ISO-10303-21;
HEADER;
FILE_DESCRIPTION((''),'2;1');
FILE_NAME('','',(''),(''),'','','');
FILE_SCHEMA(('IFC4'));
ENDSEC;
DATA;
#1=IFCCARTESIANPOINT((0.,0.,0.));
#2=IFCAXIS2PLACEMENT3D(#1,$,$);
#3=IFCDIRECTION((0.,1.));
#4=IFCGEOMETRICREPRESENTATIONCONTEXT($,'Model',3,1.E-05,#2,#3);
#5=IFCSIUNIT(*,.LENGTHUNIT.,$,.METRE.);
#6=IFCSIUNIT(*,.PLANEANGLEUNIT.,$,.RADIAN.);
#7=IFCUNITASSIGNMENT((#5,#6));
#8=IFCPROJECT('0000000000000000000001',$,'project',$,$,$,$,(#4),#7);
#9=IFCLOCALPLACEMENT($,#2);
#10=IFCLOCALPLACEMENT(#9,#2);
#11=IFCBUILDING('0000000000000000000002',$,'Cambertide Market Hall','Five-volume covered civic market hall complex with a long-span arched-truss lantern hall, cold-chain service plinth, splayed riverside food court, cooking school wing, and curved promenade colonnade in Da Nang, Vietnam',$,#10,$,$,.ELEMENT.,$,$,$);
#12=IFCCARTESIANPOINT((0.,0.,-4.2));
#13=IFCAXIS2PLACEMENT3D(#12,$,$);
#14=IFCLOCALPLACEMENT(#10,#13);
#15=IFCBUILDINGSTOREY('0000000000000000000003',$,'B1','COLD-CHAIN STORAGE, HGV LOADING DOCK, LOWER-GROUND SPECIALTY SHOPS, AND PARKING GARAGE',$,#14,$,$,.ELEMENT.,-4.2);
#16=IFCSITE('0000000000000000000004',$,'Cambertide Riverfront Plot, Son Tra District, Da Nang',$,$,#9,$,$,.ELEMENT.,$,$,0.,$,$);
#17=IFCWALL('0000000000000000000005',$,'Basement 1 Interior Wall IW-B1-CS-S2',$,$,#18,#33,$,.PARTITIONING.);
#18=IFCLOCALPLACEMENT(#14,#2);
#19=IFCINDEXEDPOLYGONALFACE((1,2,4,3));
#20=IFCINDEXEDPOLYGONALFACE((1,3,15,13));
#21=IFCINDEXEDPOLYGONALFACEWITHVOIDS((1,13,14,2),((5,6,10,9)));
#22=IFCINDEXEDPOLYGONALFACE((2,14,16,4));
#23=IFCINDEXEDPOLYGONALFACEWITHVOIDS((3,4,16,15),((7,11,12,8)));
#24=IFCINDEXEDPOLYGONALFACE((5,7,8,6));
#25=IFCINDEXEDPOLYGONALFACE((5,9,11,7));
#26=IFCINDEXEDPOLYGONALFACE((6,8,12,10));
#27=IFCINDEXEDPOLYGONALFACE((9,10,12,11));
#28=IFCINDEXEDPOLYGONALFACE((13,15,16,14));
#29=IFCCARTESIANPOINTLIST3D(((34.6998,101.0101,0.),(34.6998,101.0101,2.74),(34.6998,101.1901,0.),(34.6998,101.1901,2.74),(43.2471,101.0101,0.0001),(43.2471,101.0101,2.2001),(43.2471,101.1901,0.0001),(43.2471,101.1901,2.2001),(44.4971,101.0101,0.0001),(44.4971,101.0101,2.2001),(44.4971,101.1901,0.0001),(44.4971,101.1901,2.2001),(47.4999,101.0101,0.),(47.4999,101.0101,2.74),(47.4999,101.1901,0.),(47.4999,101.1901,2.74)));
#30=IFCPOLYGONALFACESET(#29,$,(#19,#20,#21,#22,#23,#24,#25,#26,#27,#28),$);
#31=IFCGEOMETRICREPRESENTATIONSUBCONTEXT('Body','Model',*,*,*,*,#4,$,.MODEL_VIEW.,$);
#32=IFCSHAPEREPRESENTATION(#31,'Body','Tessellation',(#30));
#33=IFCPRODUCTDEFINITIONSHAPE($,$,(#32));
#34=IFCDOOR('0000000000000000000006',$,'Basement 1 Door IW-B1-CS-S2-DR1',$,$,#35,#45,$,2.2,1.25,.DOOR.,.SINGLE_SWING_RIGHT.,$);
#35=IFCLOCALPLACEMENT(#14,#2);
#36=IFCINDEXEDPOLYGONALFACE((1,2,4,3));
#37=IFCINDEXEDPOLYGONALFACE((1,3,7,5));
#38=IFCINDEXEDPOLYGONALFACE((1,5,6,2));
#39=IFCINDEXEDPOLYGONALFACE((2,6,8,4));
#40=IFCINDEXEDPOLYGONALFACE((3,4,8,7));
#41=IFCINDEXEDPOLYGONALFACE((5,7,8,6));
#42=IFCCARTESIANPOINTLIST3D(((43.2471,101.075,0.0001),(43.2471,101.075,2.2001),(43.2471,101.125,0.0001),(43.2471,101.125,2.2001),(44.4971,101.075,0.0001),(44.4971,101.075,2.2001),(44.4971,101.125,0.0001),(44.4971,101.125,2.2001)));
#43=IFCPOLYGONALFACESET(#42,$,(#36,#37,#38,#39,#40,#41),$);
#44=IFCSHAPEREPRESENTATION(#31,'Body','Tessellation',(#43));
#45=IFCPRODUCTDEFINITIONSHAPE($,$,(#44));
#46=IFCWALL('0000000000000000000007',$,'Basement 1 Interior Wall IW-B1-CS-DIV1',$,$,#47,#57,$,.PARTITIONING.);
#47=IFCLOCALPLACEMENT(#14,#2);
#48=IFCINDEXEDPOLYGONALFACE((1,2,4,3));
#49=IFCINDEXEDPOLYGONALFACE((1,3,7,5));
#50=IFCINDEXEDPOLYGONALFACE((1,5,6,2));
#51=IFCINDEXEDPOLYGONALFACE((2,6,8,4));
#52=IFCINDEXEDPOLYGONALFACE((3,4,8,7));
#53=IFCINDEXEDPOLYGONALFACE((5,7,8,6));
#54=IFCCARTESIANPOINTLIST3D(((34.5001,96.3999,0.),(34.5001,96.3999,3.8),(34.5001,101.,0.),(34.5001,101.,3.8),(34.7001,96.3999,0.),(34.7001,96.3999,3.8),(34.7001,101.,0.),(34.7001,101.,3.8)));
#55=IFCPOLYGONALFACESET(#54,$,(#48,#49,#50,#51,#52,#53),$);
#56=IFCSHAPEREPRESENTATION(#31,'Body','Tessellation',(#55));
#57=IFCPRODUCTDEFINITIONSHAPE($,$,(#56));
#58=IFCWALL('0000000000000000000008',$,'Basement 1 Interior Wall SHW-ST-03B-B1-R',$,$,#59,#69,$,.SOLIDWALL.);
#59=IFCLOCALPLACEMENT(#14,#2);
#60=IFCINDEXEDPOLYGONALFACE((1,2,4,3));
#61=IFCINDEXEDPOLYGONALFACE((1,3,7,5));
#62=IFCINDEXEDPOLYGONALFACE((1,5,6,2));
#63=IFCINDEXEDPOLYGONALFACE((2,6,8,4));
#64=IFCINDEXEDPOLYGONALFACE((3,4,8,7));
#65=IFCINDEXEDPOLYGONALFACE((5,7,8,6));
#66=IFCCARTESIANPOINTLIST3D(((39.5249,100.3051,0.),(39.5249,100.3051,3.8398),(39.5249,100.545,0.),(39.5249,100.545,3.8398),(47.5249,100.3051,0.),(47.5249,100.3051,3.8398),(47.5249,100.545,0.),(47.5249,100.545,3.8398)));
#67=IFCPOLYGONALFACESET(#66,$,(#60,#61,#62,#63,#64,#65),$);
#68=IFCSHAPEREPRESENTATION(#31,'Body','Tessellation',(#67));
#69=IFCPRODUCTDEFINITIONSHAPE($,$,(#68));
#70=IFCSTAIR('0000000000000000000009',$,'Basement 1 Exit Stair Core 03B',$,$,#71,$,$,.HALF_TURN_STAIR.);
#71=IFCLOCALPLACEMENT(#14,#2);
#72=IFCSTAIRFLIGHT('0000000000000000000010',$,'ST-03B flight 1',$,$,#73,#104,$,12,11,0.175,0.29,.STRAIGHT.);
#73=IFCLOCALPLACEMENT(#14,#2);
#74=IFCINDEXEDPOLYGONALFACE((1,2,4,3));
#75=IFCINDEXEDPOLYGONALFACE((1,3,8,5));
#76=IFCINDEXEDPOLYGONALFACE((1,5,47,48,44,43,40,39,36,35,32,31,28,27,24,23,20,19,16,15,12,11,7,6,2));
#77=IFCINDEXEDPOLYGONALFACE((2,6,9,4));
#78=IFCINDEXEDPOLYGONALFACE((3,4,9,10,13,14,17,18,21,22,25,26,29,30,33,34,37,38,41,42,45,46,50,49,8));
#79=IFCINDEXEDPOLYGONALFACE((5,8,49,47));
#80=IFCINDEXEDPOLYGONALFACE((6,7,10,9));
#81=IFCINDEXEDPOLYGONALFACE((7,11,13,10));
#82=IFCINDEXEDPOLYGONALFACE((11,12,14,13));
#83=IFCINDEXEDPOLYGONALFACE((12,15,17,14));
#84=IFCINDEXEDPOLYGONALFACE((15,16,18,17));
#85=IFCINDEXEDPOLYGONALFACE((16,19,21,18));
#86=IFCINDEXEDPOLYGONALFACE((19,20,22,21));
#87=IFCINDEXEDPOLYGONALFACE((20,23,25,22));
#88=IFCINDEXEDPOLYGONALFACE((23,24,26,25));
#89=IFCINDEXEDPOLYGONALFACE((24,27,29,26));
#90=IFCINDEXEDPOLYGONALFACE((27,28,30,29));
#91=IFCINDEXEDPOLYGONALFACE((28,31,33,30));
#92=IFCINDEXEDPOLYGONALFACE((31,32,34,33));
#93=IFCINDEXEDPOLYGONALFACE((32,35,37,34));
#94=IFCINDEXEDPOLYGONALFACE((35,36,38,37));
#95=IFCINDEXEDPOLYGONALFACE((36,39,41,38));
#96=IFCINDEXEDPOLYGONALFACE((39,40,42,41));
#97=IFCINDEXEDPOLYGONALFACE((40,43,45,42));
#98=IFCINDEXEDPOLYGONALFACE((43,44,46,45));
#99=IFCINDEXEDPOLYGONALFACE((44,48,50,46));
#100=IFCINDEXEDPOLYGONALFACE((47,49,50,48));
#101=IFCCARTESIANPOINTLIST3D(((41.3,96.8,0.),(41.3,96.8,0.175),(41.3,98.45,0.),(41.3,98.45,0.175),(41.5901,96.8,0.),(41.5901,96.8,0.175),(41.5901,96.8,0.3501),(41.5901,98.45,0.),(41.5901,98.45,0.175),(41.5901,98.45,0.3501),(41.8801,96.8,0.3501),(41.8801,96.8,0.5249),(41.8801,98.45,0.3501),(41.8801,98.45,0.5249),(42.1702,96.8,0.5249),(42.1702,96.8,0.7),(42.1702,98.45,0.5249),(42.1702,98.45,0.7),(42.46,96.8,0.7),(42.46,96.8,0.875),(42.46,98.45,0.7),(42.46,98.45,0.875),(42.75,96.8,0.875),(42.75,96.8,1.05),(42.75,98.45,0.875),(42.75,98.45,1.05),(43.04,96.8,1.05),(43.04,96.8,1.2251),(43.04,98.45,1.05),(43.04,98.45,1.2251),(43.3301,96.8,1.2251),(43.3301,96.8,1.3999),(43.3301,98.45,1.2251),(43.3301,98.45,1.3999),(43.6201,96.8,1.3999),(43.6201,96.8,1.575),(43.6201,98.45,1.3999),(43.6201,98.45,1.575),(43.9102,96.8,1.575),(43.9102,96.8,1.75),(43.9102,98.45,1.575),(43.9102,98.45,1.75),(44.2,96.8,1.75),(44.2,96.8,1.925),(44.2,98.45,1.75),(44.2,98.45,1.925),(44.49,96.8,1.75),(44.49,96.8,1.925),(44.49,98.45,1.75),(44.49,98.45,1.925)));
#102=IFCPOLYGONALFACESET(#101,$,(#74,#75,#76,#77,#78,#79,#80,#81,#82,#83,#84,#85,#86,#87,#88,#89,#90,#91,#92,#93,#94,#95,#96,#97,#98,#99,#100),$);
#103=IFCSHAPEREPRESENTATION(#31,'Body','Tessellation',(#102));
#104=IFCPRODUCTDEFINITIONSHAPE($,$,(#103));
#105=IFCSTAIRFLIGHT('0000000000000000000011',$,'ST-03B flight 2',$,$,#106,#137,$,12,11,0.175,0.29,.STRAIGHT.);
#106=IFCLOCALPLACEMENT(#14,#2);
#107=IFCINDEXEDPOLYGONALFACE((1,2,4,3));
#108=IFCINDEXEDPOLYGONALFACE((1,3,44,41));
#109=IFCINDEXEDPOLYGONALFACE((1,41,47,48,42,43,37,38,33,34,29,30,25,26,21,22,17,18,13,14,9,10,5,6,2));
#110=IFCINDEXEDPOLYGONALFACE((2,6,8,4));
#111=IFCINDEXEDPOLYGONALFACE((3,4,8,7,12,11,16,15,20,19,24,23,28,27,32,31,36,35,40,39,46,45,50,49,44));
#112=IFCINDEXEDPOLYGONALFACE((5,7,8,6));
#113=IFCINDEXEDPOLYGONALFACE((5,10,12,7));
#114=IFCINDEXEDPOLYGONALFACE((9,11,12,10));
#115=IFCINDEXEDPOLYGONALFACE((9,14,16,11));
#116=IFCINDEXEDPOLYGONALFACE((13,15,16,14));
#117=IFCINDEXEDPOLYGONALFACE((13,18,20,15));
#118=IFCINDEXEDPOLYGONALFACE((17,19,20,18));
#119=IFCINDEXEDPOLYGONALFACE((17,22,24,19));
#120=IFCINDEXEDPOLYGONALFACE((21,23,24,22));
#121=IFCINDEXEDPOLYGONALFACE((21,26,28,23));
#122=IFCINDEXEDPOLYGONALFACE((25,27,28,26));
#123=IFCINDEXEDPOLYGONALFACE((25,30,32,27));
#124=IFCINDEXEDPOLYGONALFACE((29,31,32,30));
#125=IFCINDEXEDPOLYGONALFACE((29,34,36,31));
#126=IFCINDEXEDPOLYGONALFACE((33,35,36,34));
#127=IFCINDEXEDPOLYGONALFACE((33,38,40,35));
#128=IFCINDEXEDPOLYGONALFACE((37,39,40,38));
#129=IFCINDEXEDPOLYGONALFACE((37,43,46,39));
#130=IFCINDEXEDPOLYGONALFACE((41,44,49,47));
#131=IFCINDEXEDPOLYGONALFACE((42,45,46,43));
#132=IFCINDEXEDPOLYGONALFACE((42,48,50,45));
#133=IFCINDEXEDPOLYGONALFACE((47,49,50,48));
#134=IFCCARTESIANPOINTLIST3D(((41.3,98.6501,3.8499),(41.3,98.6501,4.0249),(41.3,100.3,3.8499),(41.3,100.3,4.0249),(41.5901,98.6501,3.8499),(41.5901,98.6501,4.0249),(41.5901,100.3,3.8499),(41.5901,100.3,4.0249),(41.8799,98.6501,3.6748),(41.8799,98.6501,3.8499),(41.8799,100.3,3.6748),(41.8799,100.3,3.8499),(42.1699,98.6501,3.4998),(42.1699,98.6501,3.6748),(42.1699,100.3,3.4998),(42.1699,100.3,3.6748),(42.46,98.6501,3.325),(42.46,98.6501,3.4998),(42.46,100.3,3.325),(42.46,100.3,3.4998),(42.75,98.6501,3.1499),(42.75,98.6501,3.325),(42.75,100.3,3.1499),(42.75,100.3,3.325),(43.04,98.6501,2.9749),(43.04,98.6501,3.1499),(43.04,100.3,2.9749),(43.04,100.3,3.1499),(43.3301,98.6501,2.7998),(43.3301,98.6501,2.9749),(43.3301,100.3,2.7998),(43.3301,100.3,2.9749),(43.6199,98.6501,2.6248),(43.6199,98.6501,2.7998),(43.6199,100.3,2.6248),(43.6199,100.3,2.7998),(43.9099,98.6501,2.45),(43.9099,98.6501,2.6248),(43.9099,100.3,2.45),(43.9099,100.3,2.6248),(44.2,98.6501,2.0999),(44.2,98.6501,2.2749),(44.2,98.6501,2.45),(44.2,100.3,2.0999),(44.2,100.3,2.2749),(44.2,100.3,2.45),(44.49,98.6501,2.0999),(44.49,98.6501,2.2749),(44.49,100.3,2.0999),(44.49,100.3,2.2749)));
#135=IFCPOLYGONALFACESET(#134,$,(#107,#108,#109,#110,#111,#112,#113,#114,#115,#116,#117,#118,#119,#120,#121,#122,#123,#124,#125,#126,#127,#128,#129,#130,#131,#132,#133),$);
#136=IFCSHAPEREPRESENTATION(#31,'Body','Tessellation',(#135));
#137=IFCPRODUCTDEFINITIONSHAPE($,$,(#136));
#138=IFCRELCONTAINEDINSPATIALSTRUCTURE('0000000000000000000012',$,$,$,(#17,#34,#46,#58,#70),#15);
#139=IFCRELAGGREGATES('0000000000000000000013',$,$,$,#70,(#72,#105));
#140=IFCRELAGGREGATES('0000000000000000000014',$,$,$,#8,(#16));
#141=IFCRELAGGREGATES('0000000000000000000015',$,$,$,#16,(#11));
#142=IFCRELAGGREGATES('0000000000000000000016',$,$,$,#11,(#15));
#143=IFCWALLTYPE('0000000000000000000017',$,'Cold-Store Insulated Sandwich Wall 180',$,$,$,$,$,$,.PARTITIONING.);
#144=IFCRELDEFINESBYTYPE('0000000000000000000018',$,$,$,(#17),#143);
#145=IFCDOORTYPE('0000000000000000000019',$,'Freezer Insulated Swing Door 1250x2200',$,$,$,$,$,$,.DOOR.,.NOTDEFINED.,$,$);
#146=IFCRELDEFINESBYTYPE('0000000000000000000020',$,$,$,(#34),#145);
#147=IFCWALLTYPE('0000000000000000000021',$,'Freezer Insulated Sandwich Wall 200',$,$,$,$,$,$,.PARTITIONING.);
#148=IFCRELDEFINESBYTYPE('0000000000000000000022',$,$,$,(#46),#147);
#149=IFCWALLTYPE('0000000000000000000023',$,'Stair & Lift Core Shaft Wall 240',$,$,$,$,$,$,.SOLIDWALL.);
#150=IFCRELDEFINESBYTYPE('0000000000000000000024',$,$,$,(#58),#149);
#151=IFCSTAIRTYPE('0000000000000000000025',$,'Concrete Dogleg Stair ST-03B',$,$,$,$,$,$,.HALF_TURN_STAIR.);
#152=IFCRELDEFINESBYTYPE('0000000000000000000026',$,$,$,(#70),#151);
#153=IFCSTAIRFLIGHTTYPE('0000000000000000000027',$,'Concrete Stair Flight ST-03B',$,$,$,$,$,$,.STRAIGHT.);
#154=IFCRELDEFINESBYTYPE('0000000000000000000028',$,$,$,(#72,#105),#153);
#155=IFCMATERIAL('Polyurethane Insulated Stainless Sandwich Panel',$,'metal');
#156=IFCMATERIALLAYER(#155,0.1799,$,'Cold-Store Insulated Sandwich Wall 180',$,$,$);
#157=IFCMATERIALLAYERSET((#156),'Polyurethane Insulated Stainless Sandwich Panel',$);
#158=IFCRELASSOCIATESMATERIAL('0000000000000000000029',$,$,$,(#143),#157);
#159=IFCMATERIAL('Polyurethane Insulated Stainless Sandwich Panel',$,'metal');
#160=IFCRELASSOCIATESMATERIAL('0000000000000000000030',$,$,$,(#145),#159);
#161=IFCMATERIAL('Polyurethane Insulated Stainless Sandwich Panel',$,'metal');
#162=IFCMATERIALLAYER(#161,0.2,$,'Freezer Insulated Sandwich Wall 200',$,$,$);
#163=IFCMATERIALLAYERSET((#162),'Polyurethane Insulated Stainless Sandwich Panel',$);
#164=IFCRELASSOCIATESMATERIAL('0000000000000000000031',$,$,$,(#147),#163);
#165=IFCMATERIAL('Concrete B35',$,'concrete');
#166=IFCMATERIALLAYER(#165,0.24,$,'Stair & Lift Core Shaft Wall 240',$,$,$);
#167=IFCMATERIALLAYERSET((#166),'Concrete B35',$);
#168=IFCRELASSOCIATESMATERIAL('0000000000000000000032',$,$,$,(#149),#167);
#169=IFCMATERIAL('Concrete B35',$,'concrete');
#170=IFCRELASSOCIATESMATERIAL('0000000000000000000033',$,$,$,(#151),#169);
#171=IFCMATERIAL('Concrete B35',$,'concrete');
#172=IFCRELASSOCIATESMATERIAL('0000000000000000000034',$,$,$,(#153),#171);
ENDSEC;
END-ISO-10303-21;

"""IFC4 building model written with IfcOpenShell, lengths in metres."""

from ifc_helpers import new_model, si_unit, direction, frame, frame_2d, origin, place, context, subcontext, project, spatial, polyline, rectangle, outline, extrude, material, layer, layer_set, type_object, element, fill, aggregate, save


model = new_model("IFC4")

# Units and contexts
model_context = context("Model", 3, precision=1e-05, world=origin(), true_north=direction((0.0, 1.0)))
body_context = subcontext(model_context, "Body", "Model", "MODEL_VIEW")
ifc_project = project(units=[si_unit("LENGTHUNIT", "METRE"), si_unit("PLANEANGLEUNIT", "RADIAN")], contexts=[model_context])

# Site, building, storey
site_placement = place(None, origin())
site = spatial("IfcSite", under=ifc_project, at=site_placement, Name="Cambertide Riverfront Plot, Son Tra District, Da Nang", CompositionType="ELEMENT", RefElevation=0.0)
building_placement = place(site_placement, origin())
building = spatial("IfcBuilding", under=site, at=building_placement, Name="Cambertide Market Hall", Description="Five-volume covered civic market hall complex with a long-span arched-truss lantern hall, cold-chain service plinth, splayed riverside food court, cooking school wing, and curved promenade colonnade in Da Nang, Vietnam", CompositionType="ELEMENT")
storey_placement = place(building_placement, frame((0.0, 0.0, -4.2)))
storey = spatial("IfcBuildingStorey", under=building, at=storey_placement, Name="B1", Description="COLD-CHAIN STORAGE, HGV LOADING DOCK, LOWER-GROUND SPECIALTY SHOPS, AND PARKING GARAGE", CompositionType="ELEMENT", Elevation=-4.2)

# Wall, opening, door
ifc_material_1 = material(Name="Polyurethane Insulated Stainless Sandwich Panel", Category="metal")
ifc_layer_1 = layer(ifc_material_1, 0.1799, Name="Cold-Store Insulated Sandwich Wall 180")
ifc_layer_set_1 = layer_set([ifc_layer_1], Name="Polyurethane Insulated Stainless Sandwich Panel")
wall_type_1 = type_object("IfcWallType", Name="Cold-Store Insulated Sandwich Wall 180", PredefinedType="PARTITIONING", material=ifc_layer_set_1)
wall_1_placement = place(storey_placement, frame((34.7, 101.1001, 0.0), z_axis=(0.0, 0.0, 1.0), x_axis=(1.0, 0.0, 0.0)))
wall_1 = element("IfcWall", 1, at=wall_1_placement, inside=storey, type_object=wall_type_1, Name="Basement 1 Interior Wall IW-B1-CS-S2", PredefinedType="PARTITIONING", context=body_context, shape_type="SweptSolid", body=[
    extrude(rectangle(XDim=12.8, YDim=0.1799, at=frame_2d((6.3999, 0.0))), origin(), (0.0, 0.0, 1.0), 2.74),
])
opening_1_placement = place(wall_1_placement, frame((8.5471, 0.0, 0.0)))
opening_1 = element("IfcOpeningElement", 2, at=opening_1_placement, cuts=wall_1, PredefinedType="OPENING", context=body_context, shape_type="SweptSolid", body=[
    extrude(rectangle(XDim=1.25, YDim=2.2, at=frame_2d((0.625, 1.1001))), frame((0.0, 0.0999, 0.0), z_axis=(0.0, -1.0, 0.0), x_axis=(1.0, 0.0, 0.0)), (0.0, 0.0, 1.0), 0.2),
])
ifc_material_2 = material(Name="Polyurethane Insulated Stainless Sandwich Panel", Category="metal")
door_type_1 = type_object("IfcDoorType", Name="Freezer Insulated Swing Door 1250x2200", OperationType="NOTDEFINED", PredefinedType="DOOR", material=ifc_material_2)
door_1_placement = place(opening_1_placement, origin())
door_1 = element("IfcDoor", 3, at=door_1_placement, inside=storey, type_object=door_type_1, Name="Basement 1 Door IW-B1-CS-S2-DR1", OperationType="SINGLE_SWING_RIGHT", OverallHeight=2.2, OverallWidth=1.25, PredefinedType="DOOR", context=body_context, shape_type="SweptSolid", body=[
    extrude(rectangle(XDim=1.25, YDim=2.2, at=frame_2d((0.625, 1.1001))), frame((0.0, 0.0249, 0.0), z_axis=(0.0, -1.0, 0.0), x_axis=(1.0, 0.0, 0.0)), (0.0, 0.0, 1.0), 0.05),
])
fill(opening_1, door_1)

# Wall
ifc_material_3 = material(Name="Polyurethane Insulated Stainless Sandwich Panel", Category="metal")
ifc_layer_2 = layer(ifc_material_3, 0.2, Name="Freezer Insulated Sandwich Wall 200")
ifc_layer_set_2 = layer_set([ifc_layer_2], Name="Polyurethane Insulated Stainless Sandwich Panel")
wall_type_2 = type_object("IfcWallType", Name="Freezer Insulated Sandwich Wall 200", PredefinedType="PARTITIONING", material=ifc_layer_set_2)
wall_2_placement = place(storey_placement, frame((34.6001, 96.3999, 0.0), z_axis=(0.0, 0.0, 1.0), x_axis=(0.0, 1.0, 0.0)))
element("IfcWall", 4, at=wall_2_placement, inside=storey, type_object=wall_type_2, Name="Basement 1 Interior Wall IW-B1-CS-DIV1", PredefinedType="PARTITIONING", context=body_context, shape_type="SweptSolid", body=[
    extrude(rectangle(XDim=4.6001, YDim=0.2, at=frame_2d((2.3, 0.0))), origin(), (0.0, 0.0, 1.0), 3.8),
])

# Shared definitions
ifc_material_4 = material(Name="Concrete B35", Category="concrete")
ifc_layer_3 = layer(ifc_material_4, 0.24, Name="Stair & Lift Core Shaft Wall 240")
ifc_layer_set_3 = layer_set([ifc_layer_3], Name="Concrete B35")
wall_type_3 = type_object("IfcWallType", Name="Stair & Lift Core Shaft Wall 240", PredefinedType="SOLIDWALL", material=ifc_layer_set_3)

# Wall
wall_3_placement = place(storey_placement, frame((39.5249, 100.425, 0.0), z_axis=(0.0, 0.0, 1.0), x_axis=(1.0, 0.0, 0.0)))
element("IfcWall", 5, at=wall_3_placement, inside=storey, type_object=wall_type_3, Name="Basement 1 Interior Wall SHW-ST-03B-B1-R", PredefinedType="SOLIDWALL", context=body_context, shape_type="SweptSolid", body=[
    extrude(rectangle(XDim=8.0, YDim=0.24, at=frame_2d((4.0, 0.0))), origin(), (0.0, 0.0, 1.0), 3.8398),
])

# Stair, stair flights
ifc_material_5 = material(Name="Concrete B35", Category="concrete")
stair_type = type_object("IfcStairType", Name="Concrete Dogleg Stair ST-03B", PredefinedType="HALF_TURN_STAIR", material=ifc_material_5)
stair_placement = place(storey_placement, origin())
stair = element("IfcStair", 6, at=stair_placement, inside=storey, type_object=stair_type, Name="Basement 1 Exit Stair Core 03B", PredefinedType="HALF_TURN_STAIR")
ifc_material_6 = material(Name="Concrete B35", Category="concrete")
stair_flight_type = type_object("IfcStairFlightType", Name="Concrete Stair Flight ST-03B", PredefinedType="STRAIGHT", material=ifc_material_6)
stair_flight_1_placement = place(storey_placement, frame((41.3, 97.625, 0.0), z_axis=(0.0, 0.0, 1.0), x_axis=(1.0, 0.0, 0.0)))
stair_flight_1 = element("IfcStairFlight", 7, at=stair_flight_1_placement, type_object=stair_flight_type, Name="ST-03B flight 1", NumberOfRisers=12, NumberOfTreads=11, PredefinedType="STRAIGHT", RiserHeight=0.175, TreadLength=0.29, context=body_context, shape_type="SweptSolid", body=[
    extrude(outline(polyline([(0.0, 0.0), (0.0, 0.175), (0.29, 0.175), (0.29, 0.3501), (0.5801, 0.3501), (0.5801, 0.5249), (0.8701, 0.5249), (0.8701, 0.7), (1.1599, 0.7), (1.1599, 0.875), (1.45, 0.875), (1.45, 1.05), (1.74, 1.05), (1.74, 1.2251), (2.03, 1.2251), (2.03, 1.3999), (2.3201, 1.3999), (2.3201, 1.575), (2.6101, 1.575), (2.6101, 1.75), (2.8999, 1.75), (2.8999, 1.925), (3.1899, 1.925), (3.1899, 2.1001), (3.1899, 1.75), (0.29, 0.0), (0.0, 0.0)])), frame((0.0, 0.825, 0.0), z_axis=(0.0, -1.0, 0.0), x_axis=(1.0, 0.0, 0.0)), (0.0, 0.0, 1.0), 1.6499),
])
stair_flight_2_placement = place(storey_placement, frame((44.49, 99.4751, 2.0999), z_axis=(0.0, 0.0, 1.0), x_axis=(-1.0, 0.0, 0.0)))
stair_flight_2 = element("IfcStairFlight", 8, at=stair_flight_2_placement, type_object=stair_flight_type, Name="ST-03B flight 2", NumberOfRisers=12, NumberOfTreads=11, PredefinedType="STRAIGHT", RiserHeight=0.175, TreadLength=0.29, context=body_context, shape_type="SweptSolid", body=[
    extrude(outline(polyline([(0.0, 0.0), (0.0, 0.175), (0.29, 0.175), (0.29, 0.3501), (0.5801, 0.3501), (0.5801, 0.5249), (0.8701, 0.5249), (0.8701, 0.7), (1.1599, 0.7), (1.1599, 0.875), (1.45, 0.875), (1.45, 1.05), (1.74, 1.05), (1.74, 1.2251), (2.03, 1.2251), (2.03, 1.3999), (2.3201, 1.3999), (2.3201, 1.575), (2.6101, 1.575), (2.6101, 1.75), (2.8999, 1.75), (2.8999, 1.925), (3.1899, 1.925), (3.1899, 2.1001), (3.1899, 1.75), (0.29, 0.0), (0.0, 0.0)])), frame((0.0, 0.825, 0.0), z_axis=(0.0, -1.0, 0.0), x_axis=(1.0, 0.0, 0.0)), (0.0, 0.0, 1.0), 1.6499),
])
aggregate(stair, [stair_flight_1, stair_flight_2])

save(model, "model.ifc")
